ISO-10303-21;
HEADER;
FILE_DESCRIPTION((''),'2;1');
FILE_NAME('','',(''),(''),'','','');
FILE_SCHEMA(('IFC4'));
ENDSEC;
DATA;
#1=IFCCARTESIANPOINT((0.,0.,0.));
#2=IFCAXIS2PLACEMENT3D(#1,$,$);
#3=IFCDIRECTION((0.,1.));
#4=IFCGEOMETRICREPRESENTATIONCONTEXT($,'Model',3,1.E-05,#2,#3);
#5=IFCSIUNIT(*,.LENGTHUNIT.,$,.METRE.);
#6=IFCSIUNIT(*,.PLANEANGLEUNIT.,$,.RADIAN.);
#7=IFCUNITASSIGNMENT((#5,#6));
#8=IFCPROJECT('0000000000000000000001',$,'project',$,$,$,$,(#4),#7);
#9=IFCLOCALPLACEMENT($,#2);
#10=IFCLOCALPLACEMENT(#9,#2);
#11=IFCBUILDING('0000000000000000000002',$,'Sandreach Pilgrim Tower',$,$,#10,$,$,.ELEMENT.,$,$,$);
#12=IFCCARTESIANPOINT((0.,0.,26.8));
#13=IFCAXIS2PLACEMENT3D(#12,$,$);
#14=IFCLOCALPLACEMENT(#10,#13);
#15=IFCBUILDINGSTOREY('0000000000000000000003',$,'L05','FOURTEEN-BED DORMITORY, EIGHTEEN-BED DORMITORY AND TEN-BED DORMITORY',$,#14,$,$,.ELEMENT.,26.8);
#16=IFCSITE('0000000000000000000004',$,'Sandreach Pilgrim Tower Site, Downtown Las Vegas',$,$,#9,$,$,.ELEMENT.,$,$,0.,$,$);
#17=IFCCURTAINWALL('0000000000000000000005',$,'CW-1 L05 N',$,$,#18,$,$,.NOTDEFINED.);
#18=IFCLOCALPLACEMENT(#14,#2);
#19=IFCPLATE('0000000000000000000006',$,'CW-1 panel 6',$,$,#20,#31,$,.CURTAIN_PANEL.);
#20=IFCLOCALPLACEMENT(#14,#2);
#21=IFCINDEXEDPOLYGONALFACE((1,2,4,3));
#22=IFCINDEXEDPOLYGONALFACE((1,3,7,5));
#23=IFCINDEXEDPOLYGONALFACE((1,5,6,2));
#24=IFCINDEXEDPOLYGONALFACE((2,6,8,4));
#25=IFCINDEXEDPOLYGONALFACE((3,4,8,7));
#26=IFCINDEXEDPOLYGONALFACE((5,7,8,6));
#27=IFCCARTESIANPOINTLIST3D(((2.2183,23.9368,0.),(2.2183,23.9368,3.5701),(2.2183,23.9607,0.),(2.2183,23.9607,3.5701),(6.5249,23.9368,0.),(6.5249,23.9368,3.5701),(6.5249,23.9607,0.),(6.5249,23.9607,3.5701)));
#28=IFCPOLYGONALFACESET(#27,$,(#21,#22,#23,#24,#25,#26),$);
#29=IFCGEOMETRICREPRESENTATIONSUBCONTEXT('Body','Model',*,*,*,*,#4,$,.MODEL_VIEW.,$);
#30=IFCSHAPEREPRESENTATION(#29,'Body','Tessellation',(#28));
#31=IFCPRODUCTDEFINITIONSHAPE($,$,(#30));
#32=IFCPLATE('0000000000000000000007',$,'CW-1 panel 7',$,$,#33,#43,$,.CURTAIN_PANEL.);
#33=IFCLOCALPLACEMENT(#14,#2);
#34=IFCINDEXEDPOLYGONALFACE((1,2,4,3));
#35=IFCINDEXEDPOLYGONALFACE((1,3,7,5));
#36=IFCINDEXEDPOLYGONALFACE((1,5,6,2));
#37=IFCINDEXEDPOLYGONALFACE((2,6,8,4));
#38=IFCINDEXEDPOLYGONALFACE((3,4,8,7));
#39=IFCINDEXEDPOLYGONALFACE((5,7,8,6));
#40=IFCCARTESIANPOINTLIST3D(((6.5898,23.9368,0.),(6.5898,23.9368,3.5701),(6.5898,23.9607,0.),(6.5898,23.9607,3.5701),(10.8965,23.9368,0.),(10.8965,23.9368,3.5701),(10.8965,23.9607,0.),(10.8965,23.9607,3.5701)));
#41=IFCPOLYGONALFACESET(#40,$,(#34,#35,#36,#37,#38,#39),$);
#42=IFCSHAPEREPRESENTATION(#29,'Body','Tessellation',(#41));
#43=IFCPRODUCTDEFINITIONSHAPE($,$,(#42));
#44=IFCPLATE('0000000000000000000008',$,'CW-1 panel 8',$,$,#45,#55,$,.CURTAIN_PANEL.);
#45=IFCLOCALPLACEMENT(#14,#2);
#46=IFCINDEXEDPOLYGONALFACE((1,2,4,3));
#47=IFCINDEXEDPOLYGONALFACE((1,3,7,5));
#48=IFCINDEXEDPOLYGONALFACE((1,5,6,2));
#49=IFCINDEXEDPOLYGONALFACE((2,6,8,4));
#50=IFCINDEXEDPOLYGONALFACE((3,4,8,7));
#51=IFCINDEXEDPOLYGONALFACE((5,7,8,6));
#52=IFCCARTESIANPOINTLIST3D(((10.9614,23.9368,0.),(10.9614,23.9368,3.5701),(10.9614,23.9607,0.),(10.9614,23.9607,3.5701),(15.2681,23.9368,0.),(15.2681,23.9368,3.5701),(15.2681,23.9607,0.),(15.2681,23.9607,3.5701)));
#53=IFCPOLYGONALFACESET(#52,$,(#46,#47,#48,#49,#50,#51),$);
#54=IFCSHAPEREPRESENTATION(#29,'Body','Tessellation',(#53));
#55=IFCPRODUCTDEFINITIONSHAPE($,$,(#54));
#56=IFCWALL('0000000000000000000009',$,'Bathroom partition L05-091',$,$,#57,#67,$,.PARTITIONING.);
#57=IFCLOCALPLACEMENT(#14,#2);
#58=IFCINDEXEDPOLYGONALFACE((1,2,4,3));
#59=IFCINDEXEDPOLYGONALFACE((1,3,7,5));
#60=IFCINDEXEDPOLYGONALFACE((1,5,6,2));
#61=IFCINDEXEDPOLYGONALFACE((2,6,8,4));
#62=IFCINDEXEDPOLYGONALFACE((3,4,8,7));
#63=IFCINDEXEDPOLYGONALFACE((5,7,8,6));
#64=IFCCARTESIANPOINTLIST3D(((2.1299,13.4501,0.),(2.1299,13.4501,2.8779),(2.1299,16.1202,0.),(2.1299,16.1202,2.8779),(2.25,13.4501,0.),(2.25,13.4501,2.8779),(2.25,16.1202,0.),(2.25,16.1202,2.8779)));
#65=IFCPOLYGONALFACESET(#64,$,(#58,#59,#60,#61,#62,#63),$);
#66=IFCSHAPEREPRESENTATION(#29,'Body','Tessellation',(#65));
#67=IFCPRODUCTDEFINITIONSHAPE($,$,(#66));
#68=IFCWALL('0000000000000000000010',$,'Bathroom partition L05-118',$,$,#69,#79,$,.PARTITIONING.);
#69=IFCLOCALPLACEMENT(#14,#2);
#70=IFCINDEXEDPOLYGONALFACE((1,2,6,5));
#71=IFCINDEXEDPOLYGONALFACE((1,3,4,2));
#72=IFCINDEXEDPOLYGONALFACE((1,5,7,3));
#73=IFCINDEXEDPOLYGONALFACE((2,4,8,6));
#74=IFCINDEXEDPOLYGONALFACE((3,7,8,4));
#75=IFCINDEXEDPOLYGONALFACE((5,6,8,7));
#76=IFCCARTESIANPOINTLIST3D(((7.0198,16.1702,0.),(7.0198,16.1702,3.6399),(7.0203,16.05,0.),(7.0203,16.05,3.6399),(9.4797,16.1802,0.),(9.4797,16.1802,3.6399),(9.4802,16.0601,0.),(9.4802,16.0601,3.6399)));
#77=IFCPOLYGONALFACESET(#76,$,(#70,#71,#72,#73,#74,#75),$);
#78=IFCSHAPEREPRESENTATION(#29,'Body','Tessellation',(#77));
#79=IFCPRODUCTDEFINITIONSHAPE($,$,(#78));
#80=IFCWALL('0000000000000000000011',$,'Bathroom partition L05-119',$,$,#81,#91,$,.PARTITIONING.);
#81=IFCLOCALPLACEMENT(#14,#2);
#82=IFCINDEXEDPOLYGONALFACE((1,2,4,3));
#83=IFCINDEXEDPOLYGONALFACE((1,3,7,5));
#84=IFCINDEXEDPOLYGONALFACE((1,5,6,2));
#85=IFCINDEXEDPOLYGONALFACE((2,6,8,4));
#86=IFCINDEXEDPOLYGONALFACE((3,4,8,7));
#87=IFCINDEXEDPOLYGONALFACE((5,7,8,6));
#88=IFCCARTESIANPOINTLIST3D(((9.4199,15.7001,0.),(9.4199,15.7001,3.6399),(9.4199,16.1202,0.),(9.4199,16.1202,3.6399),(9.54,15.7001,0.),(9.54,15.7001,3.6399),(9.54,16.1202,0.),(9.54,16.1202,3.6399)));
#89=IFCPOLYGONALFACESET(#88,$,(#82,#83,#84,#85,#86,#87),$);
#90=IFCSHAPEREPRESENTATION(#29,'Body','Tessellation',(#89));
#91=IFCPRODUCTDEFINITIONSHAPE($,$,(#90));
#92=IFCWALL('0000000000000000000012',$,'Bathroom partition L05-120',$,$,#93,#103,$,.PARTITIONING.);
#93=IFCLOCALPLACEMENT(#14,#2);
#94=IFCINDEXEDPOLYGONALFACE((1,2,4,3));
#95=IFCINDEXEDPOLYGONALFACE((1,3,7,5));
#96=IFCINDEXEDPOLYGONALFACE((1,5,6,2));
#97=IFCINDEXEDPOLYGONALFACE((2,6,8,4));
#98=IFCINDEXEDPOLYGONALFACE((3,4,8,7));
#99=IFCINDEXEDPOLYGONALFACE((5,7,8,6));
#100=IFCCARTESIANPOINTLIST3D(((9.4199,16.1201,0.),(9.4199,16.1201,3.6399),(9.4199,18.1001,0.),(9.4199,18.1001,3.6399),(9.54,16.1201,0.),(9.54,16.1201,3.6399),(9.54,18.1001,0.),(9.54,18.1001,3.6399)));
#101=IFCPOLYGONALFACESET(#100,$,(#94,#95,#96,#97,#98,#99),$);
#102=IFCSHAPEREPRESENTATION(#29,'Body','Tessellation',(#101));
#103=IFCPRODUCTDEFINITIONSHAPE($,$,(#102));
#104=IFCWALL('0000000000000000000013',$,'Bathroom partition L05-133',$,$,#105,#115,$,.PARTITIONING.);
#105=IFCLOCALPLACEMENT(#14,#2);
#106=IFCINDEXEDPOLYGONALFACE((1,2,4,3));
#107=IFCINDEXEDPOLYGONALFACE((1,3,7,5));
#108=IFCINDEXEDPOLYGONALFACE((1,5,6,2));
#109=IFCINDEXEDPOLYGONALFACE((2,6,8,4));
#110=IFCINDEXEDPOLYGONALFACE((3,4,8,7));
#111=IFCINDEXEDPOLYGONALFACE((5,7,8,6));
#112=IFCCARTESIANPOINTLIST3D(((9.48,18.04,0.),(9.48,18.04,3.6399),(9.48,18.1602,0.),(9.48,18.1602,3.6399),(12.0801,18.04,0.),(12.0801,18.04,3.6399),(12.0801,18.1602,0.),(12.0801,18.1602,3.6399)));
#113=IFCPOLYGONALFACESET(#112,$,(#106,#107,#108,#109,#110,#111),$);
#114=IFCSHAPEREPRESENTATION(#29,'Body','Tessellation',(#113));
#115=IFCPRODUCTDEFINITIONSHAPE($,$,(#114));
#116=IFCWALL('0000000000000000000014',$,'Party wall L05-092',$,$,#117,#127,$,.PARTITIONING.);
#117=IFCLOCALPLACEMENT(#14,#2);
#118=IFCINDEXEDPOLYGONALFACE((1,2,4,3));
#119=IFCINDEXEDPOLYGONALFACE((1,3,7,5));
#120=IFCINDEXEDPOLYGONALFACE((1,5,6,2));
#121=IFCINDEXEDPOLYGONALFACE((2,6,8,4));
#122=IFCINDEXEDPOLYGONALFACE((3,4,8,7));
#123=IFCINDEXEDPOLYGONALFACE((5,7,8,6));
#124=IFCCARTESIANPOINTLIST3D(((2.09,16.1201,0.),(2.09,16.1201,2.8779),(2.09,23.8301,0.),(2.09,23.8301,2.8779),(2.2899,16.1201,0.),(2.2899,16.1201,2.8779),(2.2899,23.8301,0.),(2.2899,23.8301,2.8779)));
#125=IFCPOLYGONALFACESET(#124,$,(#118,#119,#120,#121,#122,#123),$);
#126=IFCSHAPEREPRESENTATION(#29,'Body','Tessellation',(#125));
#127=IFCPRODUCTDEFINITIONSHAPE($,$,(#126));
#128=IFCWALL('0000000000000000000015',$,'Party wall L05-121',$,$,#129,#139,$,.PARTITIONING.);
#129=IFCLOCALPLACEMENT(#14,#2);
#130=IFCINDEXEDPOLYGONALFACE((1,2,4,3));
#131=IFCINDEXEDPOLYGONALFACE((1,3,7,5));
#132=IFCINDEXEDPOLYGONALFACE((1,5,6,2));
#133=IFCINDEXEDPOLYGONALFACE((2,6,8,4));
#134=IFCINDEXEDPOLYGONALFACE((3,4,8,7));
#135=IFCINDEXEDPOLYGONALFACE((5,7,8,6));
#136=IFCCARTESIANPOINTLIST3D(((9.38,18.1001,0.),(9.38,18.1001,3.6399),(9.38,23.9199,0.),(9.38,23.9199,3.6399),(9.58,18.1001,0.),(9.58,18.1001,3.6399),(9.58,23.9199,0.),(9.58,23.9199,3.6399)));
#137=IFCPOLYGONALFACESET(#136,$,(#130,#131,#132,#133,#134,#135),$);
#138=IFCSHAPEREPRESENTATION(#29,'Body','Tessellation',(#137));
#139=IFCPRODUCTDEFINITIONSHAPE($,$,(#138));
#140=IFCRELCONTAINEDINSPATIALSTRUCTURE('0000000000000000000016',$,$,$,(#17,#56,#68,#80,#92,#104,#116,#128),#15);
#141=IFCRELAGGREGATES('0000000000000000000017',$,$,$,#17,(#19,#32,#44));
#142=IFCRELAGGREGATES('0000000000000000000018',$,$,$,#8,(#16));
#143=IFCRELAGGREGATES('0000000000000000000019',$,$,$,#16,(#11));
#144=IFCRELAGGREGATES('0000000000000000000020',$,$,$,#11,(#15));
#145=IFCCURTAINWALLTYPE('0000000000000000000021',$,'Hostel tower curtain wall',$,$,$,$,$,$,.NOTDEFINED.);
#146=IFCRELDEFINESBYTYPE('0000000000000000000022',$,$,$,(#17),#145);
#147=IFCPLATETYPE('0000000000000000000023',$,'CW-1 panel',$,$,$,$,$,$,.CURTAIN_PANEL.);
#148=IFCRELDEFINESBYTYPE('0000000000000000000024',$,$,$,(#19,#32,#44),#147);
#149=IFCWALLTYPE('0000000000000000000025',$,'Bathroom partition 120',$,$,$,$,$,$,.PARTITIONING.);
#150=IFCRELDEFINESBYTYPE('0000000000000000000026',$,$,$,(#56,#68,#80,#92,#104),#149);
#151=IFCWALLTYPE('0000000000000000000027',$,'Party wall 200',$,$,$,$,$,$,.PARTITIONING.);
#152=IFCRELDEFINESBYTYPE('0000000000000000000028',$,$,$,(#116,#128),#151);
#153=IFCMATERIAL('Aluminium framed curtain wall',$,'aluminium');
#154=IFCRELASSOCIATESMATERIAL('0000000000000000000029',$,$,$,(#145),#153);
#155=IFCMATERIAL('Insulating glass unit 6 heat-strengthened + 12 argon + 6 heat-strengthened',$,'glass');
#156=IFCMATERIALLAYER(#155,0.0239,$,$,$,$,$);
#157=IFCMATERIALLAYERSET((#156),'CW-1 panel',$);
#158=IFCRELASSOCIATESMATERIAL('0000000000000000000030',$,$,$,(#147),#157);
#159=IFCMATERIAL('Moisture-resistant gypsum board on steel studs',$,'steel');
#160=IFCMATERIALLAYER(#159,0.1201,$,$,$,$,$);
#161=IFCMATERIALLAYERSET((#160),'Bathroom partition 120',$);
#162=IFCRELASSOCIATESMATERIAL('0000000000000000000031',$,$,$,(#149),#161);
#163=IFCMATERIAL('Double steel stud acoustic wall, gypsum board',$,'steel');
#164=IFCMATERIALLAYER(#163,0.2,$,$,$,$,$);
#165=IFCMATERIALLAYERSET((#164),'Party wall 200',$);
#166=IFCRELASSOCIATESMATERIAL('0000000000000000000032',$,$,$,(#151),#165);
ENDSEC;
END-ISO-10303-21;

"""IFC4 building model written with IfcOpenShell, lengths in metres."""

from ifc_helpers import new_model, si_unit, direction, frame, frame_2d, origin, origin_2d, place, context, subcontext, project, spatial, rectangle, extrude, material, layer, layer_set, type_object, element, aggregate, save


model = new_model("IFC4")

# Units and contexts
model_context = context("Model", 3, precision=1e-05, world=origin(), true_north=direction((0.0, 1.0)))
body_context = subcontext(model_context, "Body", "Model", "MODEL_VIEW")
ifc_project = project(units=[si_unit("LENGTHUNIT", "METRE"), si_unit("PLANEANGLEUNIT", "RADIAN")], contexts=[model_context])

# Site, building, storey
site_placement = place(None, origin())
site = spatial("IfcSite", under=ifc_project, at=site_placement, Name="Sandreach Pilgrim Tower Site, Downtown Las Vegas", CompositionType="ELEMENT", RefElevation=0.0)
building_placement = place(site_placement, origin())
building = spatial("IfcBuilding", under=site, at=building_placement, Name="Sandreach Pilgrim Tower", CompositionType="ELEMENT")
storey_placement = place(building_placement, frame((0.0, 0.0, 26.8)))
storey = spatial("IfcBuildingStorey", under=building, at=storey_placement, Name="L05", Description="FOURTEEN-BED DORMITORY, EIGHTEEN-BED DORMITORY AND TEN-BED DORMITORY", CompositionType="ELEMENT", Elevation=26.8)

# Curtain wall
ifc_material_1 = material(Name="Aluminium framed curtain wall", Category="aluminium")
curtain_wall_type = type_object("IfcCurtainWallType", Name="Hostel tower curtain wall", PredefinedType="NOTDEFINED", material=ifc_material_1)
curtain_wall_placement = place(storey_placement, origin())
curtain_wall = element("IfcCurtainWall", 1, at=curtain_wall_placement, inside=storey, type_object=curtain_wall_type, Name="CW-1 L05 N", PredefinedType="NOTDEFINED")

# Plates
ifc_material_2 = material(Name="Insulating glass unit 6 heat-strengthened + 12 argon + 6 heat-strengthened", Category="glass")
ifc_layer_1 = layer(ifc_material_2, 0.0239)
ifc_layer_set_1 = layer_set([ifc_layer_1], Name="CW-1 panel")
plate_type = type_object("IfcPlateType", Name="CW-1 panel", PredefinedType="CURTAIN_PANEL", material=ifc_layer_set_1)
plate_1_placement = place(storey_placement, frame((4.3716, 23.9487, 0.0), z_axis=(0.0, 0.0, 1.0), x_axis=(1.0, 0.0, 0.0)))
plate_1 = element("IfcPlate", 2, at=plate_1_placement, type_object=plate_type, Name="CW-1 panel 6", PredefinedType="CURTAIN_PANEL", context=body_context, shape_type="SweptSolid", body=[
    extrude(rectangle(XDim=4.3066, YDim=0.0239, at=origin_2d()), origin(), (0.0, 0.0, 1.0), 3.5701),
])
plate_2_placement = place(storey_placement, frame((8.7432, 23.9487, 0.0), z_axis=(0.0, 0.0, 1.0), x_axis=(1.0, 0.0, 0.0)))
plate_2 = element("IfcPlate", 3, at=plate_2_placement, type_object=plate_type, Name="CW-1 panel 7", PredefinedType="CURTAIN_PANEL", context=body_context, shape_type="SweptSolid", body=[
    extrude(rectangle(XDim=4.3066, YDim=0.0239, at=origin_2d()), origin(), (0.0, 0.0, 1.0), 3.5701),
])
plate_3_placement = place(storey_placement, frame((13.1147, 23.9487, 0.0), z_axis=(0.0, 0.0, 1.0), x_axis=(1.0, 0.0, 0.0)))
plate_3 = element("IfcPlate", 4, at=plate_3_placement, type_object=plate_type, Name="CW-1 panel 8", PredefinedType="CURTAIN_PANEL", context=body_context, shape_type="SweptSolid", body=[
    extrude(rectangle(XDim=4.3066, YDim=0.0239, at=origin_2d()), origin(), (0.0, 0.0, 1.0), 3.5701),
])
aggregate(curtain_wall, [plate_1, plate_2, plate_3])

# Walls
ifc_material_3 = material(Name="Moisture-resistant gypsum board on steel studs", Category="steel")
ifc_layer_2 = layer(ifc_material_3, 0.1201)
ifc_layer_set_2 = layer_set([ifc_layer_2], Name="Bathroom partition 120")
wall_type_1 = type_object("IfcWallType", Name="Bathroom partition 120", PredefinedType="PARTITIONING", material=ifc_layer_set_2)
wall_1_placement = place(storey_placement, frame((2.1899, 16.1201, 0.0), z_axis=(0.0, 0.0, 1.0), x_axis=(0.0, -1.0, 0.0)))
element("IfcWall", 5, at=wall_1_placement, inside=storey, type_object=wall_type_1, Name="Bathroom partition L05-091", PredefinedType="PARTITIONING", context=body_context, shape_type="SweptSolid", body=[
    extrude(rectangle(XDim=2.6702, YDim=0.1201, at=frame_2d((1.335, 0.0))), origin(), (0.0, 0.0, 1.0), 2.8779),
])
wall_2_placement = place(storey_placement, frame((9.48, 16.1201, 0.0), z_axis=(0.0, 0.0, 1.0), x_axis=(-0.999992, -0.004069, 0.0)))
element("IfcWall", 6, at=wall_2_placement, inside=storey, type_object=wall_type_1, Name="Bathroom partition L05-118", PredefinedType="PARTITIONING", context=body_context, shape_type="SweptSolid", body=[
    extrude(rectangle(XDim=2.46, YDim=0.1201, at=frame_2d((1.23, 0.0))), origin(), (0.0, 0.0, 1.0), 3.6399),
])
wall_3_placement = place(storey_placement, frame((9.48, 16.1201, 0.0), z_axis=(0.0, 0.0, 1.0), x_axis=(0.0, -1.0, 0.0)))
element("IfcWall", 7, at=wall_3_placement, inside=storey, type_object=wall_type_1, Name="Bathroom partition L05-119", PredefinedType="PARTITIONING", context=body_context, shape_type="SweptSolid", body=[
    extrude(rectangle(XDim=0.4202, YDim=0.1201, at=frame_2d((0.21, 0.0))), origin(), (0.0, 0.0, 1.0), 3.6399),
])
wall_4_placement = place(storey_placement, frame((9.48, 18.1001, 0.0), z_axis=(0.0, 0.0, 1.0), x_axis=(0.0, -1.0, 0.0)))
element("IfcWall", 8, at=wall_4_placement, inside=storey, type_object=wall_type_1, Name="Bathroom partition L05-120", PredefinedType="PARTITIONING", context=body_context, shape_type="SweptSolid", body=[
    extrude(rectangle(XDim=1.98, YDim=0.1201, at=frame_2d((0.99, 0.0))), origin(), (0.0, 0.0, 1.0), 3.6399),
])
wall_5_placement = place(storey_placement, frame((12.0801, 18.1001, 0.0), z_axis=(0.0, 0.0, 1.0), x_axis=(-1.0, 0.0, 0.0)))
element("IfcWall", 9, at=wall_5_placement, inside=storey, type_object=wall_type_1, Name="Bathroom partition L05-133", PredefinedType="PARTITIONING", context=body_context, shape_type="SweptSolid", body=[
    extrude(rectangle(XDim=2.6001, YDim=0.1201, at=frame_2d((1.3, 0.0))), origin(), (0.0, 0.0, 1.0), 3.6399),
])
ifc_material_4 = material(Name="Double steel stud acoustic wall, gypsum board", Category="steel")
ifc_layer_3 = layer(ifc_material_4, 0.2)
ifc_layer_set_3 = layer_set([ifc_layer_3], Name="Party wall 200")
wall_type_2 = type_object("IfcWallType", Name="Party wall 200", PredefinedType="PARTITIONING", material=ifc_layer_set_3)
wall_6_placement = place(storey_placement, frame((2.1899, 23.8301, 0.0), z_axis=(0.0, 0.0, 1.0), x_axis=(0.0, -1.0, 0.0)))
element("IfcWall", 10, at=wall_6_placement, inside=storey, type_object=wall_type_2, Name="Party wall L05-092", PredefinedType="PARTITIONING", context=body_context, shape_type="SweptSolid", body=[
    extrude(rectangle(XDim=7.71, YDim=0.2, at=frame_2d((3.855, 0.0))), origin(), (0.0, 0.0, 1.0), 2.8779),
])
wall_7_placement = place(storey_placement, frame((9.48, 23.9199, 0.0), z_axis=(0.0, 0.0, 1.0), x_axis=(0.0, -1.0, 0.0)))
element("IfcWall", 11, at=wall_7_placement, inside=storey, type_object=wall_type_2, Name="Party wall L05-121", PredefinedType="PARTITIONING", context=body_context, shape_type="SweptSolid", body=[
    extrude(rectangle(XDim=5.8198, YDim=0.2, at=frame_2d((2.9099, 0.0))), origin(), (0.0, 0.0, 1.0), 3.6399),
])

save(model, "model.ifc")
